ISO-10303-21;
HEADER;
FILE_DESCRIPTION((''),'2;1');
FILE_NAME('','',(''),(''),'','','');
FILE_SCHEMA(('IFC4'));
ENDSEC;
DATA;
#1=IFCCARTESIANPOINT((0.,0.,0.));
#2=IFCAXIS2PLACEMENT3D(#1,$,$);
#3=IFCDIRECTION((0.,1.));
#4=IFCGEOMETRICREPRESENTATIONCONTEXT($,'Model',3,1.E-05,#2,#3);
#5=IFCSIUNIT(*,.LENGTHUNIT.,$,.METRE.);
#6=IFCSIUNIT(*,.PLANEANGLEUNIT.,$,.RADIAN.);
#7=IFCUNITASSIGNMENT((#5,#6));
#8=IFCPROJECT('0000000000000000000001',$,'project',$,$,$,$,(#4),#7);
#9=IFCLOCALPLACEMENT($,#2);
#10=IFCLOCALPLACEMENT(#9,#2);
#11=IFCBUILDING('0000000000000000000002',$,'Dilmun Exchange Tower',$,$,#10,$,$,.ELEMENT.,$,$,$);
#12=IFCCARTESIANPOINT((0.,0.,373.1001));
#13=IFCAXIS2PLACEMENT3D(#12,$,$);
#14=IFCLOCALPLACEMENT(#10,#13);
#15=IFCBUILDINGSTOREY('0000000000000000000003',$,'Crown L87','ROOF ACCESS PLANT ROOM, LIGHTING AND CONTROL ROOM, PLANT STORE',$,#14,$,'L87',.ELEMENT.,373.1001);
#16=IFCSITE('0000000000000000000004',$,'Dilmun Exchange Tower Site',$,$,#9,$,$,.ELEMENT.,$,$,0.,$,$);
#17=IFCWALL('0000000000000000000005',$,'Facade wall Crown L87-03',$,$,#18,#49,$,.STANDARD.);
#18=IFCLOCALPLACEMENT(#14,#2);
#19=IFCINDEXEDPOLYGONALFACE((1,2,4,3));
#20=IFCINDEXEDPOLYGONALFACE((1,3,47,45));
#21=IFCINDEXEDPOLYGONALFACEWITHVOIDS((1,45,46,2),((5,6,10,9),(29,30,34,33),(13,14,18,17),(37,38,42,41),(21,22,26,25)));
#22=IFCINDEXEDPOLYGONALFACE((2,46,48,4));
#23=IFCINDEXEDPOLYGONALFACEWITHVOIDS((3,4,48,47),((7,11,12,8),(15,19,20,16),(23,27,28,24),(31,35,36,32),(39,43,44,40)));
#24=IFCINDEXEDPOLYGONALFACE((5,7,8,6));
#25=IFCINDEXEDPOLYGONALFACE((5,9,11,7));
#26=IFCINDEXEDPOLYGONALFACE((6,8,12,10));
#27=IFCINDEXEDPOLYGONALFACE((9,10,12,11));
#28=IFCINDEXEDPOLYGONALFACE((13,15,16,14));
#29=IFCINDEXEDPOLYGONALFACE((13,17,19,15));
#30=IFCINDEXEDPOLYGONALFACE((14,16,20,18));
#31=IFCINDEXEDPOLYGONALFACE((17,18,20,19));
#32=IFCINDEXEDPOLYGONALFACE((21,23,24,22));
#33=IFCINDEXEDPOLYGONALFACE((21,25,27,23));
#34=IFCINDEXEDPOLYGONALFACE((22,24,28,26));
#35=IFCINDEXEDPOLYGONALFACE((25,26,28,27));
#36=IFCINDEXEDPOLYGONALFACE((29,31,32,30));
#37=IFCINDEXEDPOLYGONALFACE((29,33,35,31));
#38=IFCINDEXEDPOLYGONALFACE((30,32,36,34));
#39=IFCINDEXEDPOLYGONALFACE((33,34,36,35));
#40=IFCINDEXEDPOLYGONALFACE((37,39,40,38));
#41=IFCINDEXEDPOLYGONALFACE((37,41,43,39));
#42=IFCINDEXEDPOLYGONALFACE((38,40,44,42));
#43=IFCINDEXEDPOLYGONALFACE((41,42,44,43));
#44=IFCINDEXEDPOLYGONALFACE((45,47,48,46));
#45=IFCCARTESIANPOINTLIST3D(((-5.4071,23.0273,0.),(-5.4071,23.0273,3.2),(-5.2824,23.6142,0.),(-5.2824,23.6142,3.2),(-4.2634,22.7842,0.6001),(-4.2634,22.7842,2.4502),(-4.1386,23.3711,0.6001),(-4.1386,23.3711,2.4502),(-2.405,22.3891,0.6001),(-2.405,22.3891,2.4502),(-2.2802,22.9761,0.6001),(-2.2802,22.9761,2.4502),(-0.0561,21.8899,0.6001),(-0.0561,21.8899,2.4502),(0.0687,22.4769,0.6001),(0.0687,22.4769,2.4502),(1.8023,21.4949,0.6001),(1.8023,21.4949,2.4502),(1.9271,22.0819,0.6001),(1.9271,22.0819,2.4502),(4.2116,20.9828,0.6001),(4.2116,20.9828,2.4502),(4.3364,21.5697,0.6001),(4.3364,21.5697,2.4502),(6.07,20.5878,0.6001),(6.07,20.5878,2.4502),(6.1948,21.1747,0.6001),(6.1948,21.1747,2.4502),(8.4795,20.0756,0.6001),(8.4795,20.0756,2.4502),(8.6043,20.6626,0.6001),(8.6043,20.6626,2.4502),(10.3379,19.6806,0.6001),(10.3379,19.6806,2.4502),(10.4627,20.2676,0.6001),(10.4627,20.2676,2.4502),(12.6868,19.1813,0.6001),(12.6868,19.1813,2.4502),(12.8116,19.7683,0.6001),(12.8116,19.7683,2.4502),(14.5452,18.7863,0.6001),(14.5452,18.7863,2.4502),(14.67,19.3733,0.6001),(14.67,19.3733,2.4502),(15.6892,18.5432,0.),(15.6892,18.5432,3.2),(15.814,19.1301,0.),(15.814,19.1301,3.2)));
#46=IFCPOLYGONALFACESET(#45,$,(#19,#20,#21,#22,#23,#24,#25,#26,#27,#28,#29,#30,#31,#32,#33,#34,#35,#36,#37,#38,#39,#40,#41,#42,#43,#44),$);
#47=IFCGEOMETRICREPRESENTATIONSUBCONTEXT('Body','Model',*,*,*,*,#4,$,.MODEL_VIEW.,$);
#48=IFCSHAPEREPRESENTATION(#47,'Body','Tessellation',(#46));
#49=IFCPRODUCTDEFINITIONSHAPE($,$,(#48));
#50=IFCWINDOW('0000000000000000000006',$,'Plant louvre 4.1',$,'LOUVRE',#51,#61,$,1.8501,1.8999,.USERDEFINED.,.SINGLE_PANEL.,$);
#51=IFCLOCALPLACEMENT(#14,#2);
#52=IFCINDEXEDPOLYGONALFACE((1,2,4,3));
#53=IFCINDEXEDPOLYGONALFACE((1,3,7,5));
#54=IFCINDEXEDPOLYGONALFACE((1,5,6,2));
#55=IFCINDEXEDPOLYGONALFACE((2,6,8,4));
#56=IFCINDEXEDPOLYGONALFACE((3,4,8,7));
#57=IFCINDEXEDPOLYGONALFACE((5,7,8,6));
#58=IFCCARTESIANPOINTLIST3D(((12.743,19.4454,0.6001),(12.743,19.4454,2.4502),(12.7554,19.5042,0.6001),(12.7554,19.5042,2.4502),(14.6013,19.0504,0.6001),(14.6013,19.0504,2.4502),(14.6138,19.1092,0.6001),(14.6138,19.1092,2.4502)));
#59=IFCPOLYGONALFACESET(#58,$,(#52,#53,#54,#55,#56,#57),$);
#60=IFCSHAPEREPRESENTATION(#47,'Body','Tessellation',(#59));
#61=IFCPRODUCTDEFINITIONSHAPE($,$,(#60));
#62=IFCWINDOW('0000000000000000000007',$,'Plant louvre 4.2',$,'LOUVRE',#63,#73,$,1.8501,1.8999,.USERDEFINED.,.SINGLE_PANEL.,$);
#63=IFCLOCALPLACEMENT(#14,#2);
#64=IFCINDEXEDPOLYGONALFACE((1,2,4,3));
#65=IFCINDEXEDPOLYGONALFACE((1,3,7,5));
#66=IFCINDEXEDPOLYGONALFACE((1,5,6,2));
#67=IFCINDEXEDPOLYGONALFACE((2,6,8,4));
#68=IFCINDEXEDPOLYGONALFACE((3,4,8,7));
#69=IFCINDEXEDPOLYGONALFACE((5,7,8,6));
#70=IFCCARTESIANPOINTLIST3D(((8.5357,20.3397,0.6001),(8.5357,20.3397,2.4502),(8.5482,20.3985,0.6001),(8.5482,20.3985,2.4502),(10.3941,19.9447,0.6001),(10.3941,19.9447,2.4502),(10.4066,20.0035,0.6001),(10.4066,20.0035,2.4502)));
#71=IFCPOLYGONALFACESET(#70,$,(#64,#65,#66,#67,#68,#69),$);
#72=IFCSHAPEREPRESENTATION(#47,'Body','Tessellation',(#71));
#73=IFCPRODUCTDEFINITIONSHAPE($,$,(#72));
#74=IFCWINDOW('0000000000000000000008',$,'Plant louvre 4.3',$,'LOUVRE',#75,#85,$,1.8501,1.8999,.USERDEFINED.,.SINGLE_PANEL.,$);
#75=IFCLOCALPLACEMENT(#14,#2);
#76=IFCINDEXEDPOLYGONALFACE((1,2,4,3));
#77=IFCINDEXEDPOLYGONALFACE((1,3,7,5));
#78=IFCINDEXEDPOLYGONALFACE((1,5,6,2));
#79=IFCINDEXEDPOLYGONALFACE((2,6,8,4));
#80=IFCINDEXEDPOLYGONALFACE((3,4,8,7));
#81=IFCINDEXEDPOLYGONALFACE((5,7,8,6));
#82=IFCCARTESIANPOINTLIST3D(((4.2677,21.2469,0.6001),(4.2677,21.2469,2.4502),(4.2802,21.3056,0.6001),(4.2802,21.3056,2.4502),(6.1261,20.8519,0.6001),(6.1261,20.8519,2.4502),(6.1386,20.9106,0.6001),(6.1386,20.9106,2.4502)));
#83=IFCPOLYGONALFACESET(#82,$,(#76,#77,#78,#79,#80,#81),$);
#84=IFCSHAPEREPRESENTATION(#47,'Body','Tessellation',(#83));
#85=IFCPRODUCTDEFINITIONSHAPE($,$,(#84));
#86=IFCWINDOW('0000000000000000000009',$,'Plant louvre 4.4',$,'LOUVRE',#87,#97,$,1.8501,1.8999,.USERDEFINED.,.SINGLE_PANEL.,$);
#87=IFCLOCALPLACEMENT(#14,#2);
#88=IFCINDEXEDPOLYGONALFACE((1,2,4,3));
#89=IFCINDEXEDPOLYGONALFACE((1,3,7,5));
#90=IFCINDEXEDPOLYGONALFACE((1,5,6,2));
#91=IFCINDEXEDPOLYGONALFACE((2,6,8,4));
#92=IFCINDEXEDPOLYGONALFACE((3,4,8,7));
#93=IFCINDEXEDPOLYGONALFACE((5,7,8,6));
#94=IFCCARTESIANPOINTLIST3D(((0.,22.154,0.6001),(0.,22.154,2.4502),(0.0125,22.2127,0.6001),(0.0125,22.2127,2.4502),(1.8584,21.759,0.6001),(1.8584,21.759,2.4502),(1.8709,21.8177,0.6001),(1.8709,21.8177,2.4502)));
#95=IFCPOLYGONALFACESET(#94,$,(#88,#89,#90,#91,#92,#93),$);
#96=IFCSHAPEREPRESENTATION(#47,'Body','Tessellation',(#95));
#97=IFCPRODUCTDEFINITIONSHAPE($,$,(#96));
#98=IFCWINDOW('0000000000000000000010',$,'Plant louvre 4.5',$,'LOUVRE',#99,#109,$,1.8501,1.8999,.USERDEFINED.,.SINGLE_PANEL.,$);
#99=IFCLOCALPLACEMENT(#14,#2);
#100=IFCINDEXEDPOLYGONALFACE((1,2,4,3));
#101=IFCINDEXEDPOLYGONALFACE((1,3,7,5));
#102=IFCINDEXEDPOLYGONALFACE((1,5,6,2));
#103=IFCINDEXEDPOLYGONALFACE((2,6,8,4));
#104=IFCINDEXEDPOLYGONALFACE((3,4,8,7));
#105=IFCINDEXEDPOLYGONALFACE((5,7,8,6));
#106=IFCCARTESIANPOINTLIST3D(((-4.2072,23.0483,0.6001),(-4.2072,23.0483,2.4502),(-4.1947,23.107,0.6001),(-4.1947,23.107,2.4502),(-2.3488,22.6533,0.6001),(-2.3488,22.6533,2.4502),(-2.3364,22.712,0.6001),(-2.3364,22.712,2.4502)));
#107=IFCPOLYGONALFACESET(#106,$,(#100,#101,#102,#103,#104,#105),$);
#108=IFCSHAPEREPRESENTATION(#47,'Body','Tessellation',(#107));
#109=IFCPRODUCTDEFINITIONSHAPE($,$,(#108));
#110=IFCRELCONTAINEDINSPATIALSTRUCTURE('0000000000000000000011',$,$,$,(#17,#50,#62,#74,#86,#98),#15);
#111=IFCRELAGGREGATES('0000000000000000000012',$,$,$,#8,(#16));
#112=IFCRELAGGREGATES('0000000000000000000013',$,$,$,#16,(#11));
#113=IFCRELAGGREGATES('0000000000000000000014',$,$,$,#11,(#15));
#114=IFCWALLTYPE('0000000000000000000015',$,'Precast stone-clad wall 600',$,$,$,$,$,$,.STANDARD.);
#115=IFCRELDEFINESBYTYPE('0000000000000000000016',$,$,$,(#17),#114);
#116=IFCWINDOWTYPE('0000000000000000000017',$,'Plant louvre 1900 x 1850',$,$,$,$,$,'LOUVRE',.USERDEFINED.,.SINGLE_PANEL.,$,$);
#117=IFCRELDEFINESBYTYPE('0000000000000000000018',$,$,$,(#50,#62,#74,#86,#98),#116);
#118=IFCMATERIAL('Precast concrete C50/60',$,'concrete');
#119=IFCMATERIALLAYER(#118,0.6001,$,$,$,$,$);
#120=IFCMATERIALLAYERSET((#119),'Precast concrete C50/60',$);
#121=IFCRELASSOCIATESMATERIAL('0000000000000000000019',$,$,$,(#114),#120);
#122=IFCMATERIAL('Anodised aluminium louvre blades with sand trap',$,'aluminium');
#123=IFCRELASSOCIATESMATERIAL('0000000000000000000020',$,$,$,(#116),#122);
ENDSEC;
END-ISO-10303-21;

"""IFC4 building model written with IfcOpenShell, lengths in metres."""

from ifc_helpers import new_model, si_unit, direction, frame, frame_2d, origin, place, context, subcontext, project, spatial, rectangle, extrude, material, layer, layer_set, type_object, element, fill, save


model = new_model("IFC4")

# Units and contexts
model_context = context("Model", 3, precision=1e-05, world=origin(), true_north=direction((0.0, 1.0)))
body_context = subcontext(model_context, "Body", "Model", "MODEL_VIEW")
ifc_project = project(units=[si_unit("LENGTHUNIT", "METRE"), si_unit("PLANEANGLEUNIT", "RADIAN")], contexts=[model_context])

# Site, building, storey
site_placement = place(None, origin())
site = spatial("IfcSite", under=ifc_project, at=site_placement, Name="Dilmun Exchange Tower Site", CompositionType="ELEMENT", RefElevation=0.0)
building_placement = place(site_placement, origin())
building = spatial("IfcBuilding", under=site, at=building_placement, Name="Dilmun Exchange Tower", CompositionType="ELEMENT")
storey_placement = place(building_placement, frame((0.0, 0.0, 373.1001)))
storey = spatial("IfcBuildingStorey", under=building, at=storey_placement, Name="Crown L87", Description="ROOF ACCESS PLANT ROOM, LIGHTING AND CONTROL ROOM, PLANT STORE", LongName="L87", CompositionType="ELEMENT", Elevation=373.1001)

# Wall, openings, windows
ifc_material_1 = material(Name="Precast concrete C50/60", Category="concrete")
ifc_layer_1 = layer(ifc_material_1, 0.6001)
ifc_layer_set_1 = layer_set([ifc_layer_1], Name="Precast concrete C50/60")
wall_type_1 = type_object("IfcWallType", Name="Precast stone-clad wall 600", PredefinedType="STANDARD", material=ifc_layer_set_1)
ifc_material_2 = material(Name="Anodised aluminium louvre blades with sand trap", Category="aluminium")
wall_1_placement = place(storey_placement, frame((15.7515, 18.8367, 0.0), z_axis=(0.0, 0.0, 1.0), x_axis=(-0.978148, 0.207909, 0.0)))
wall_1 = element("IfcWall", 1, at=wall_1_placement, inside=storey, type_object=wall_type_1, Name="Facade wall Crown L87-03", PredefinedType="STANDARD", context=body_context, shape_type="SweptSolid", body=[
    extrude(rectangle(XDim=21.5676, YDim=0.6001, at=frame_2d((10.7837, 0.0))), origin(), (0.0, 0.0, 1.0), 3.2),
])
opening_1_placement = place(wall_1_placement, frame((1.1694, 0.0, 0.6001)))
opening_1 = element("IfcOpeningElement", 2, at=opening_1_placement, cuts=wall_1, PredefinedType="OPENING", context=body_context, shape_type="SweptSolid", body=[
    extrude(rectangle(XDim=1.8999, YDim=1.8501, at=frame_2d((0.95, 0.925))), frame((0.0, 0.3101, 0.0), z_axis=(0.0, -1.0, 0.0), x_axis=(1.0, 0.0, 0.0)), (0.0, 0.0, 1.0), 0.6201),
])
opening_2_placement = place(wall_1_placement, frame((5.4707, 0.0, 0.6001)))
opening_2 = element("IfcOpeningElement", 3, at=opening_2_placement, cuts=wall_1, PredefinedType="OPENING", context=body_context, shape_type="SweptSolid", body=[
    extrude(rectangle(XDim=1.8999, YDim=1.8501, at=frame_2d((0.95, 0.925))), frame((0.0, 0.3101, 0.0), z_axis=(0.0, -1.0, 0.0), x_axis=(1.0, 0.0, 0.0)), (0.0, 0.0, 1.0), 0.6201),
])
opening_3_placement = place(wall_1_placement, frame((9.834, 0.0, 0.6001)))
opening_3 = element("IfcOpeningElement", 4, at=opening_3_placement, cuts=wall_1, PredefinedType="OPENING", context=body_context, shape_type="SweptSolid", body=[
    extrude(rectangle(XDim=1.8999, YDim=1.8501, at=frame_2d((0.95, 0.925))), frame((0.0, 0.3101, 0.0), z_axis=(0.0, -1.0, 0.0), x_axis=(1.0, 0.0, 0.0)), (0.0, 0.0, 1.0), 0.6201),
])
opening_4_placement = place(wall_1_placement, frame((14.197, 0.0, 0.6001)))
opening_4 = element("IfcOpeningElement", 5, at=opening_4_placement, cuts=wall_1, PredefinedType="OPENING", context=body_context, shape_type="SweptSolid", body=[
    extrude(rectangle(XDim=1.8999, YDim=1.8501, at=frame_2d((0.95, 0.925))), frame((0.0, 0.3101, 0.0), z_axis=(0.0, -1.0, 0.0), x_axis=(1.0, 0.0, 0.0)), (0.0, 0.0, 1.0), 0.6201),
])
opening_5_placement = place(wall_1_placement, frame((18.4983, 0.0, 0.6001)))
opening_5 = element("IfcOpeningElement", 6, at=opening_5_placement, cuts=wall_1, PredefinedType="OPENING", context=body_context, shape_type="SweptSolid", body=[
    extrude(rectangle(XDim=1.8999, YDim=1.8501, at=frame_2d((0.95, 0.925))), frame((0.0, 0.3101, 0.0), z_axis=(0.0, -1.0, 0.0), x_axis=(1.0, 0.0, 0.0)), (0.0, 0.0, 1.0), 0.6201),
])
window_type_1 = type_object("IfcWindowType", Name="Plant louvre 1900 x 1850", ElementType="LOUVRE", PartitioningType="SINGLE_PANEL", PredefinedType="USERDEFINED", material=ifc_material_2)
window_1_placement = place(opening_1_placement, origin())
window_1 = element("IfcWindow", 7, at=window_1_placement, inside=storey, type_object=window_type_1, Name="Plant louvre 4.1", ObjectType="LOUVRE", OverallHeight=1.8501, OverallWidth=1.8999, PartitioningType="SINGLE_PANEL", PredefinedType="USERDEFINED", context=body_context, shape_type="SweptSolid", body=[
    extrude(rectangle(XDim=1.8999, YDim=1.8501, at=frame_2d((0.95, 0.925))), frame((0.0, 0.03, 0.0), z_axis=(0.0, -1.0, 0.0), x_axis=(1.0, 0.0, 0.0)), (0.0, 0.0, 1.0), 0.0601),
])
fill(opening_1, window_1)
window_2_placement = place(opening_2_placement, origin())
window_2 = element("IfcWindow", 8, at=window_2_placement, inside=storey, type_object=window_type_1, Name="Plant louvre 4.2", ObjectType="LOUVRE", OverallHeight=1.8501, OverallWidth=1.8999, PartitioningType="SINGLE_PANEL", PredefinedType="USERDEFINED", context=body_context, shape_type="SweptSolid", body=[
    extrude(rectangle(XDim=1.8999, YDim=1.8501, at=frame_2d((0.95, 0.925))), frame((0.0, 0.03, 0.0), z_axis=(0.0, -1.0, 0.0), x_axis=(1.0, 0.0, 0.0)), (0.0, 0.0, 1.0), 0.0601),
])
fill(opening_2, window_2)
window_3_placement = place(opening_3_placement, origin())
window_3 = element("IfcWindow", 9, at=window_3_placement, inside=storey, type_object=window_type_1, Name="Plant louvre 4.3", ObjectType="LOUVRE", OverallHeight=1.8501, OverallWidth=1.8999, PartitioningType="SINGLE_PANEL", PredefinedType="USERDEFINED", context=body_context, shape_type="SweptSolid", body=[
    extrude(rectangle(XDim=1.8999, YDim=1.8501, at=frame_2d((0.95, 0.925))), frame((0.0, 0.03, 0.0), z_axis=(0.0, -1.0, 0.0), x_axis=(1.0, 0.0, 0.0)), (0.0, 0.0, 1.0), 0.0601),
])
fill(opening_3, window_3)
window_4_placement = place(opening_4_placement, origin())
window_4 = element("IfcWindow", 10, at=window_4_placement, inside=storey, type_object=window_type_1, Name="Plant louvre 4.4", ObjectType="LOUVRE", OverallHeight=1.8501, OverallWidth=1.8999, PartitioningType="SINGLE_PANEL", PredefinedType="USERDEFINED", context=body_context, shape_type="SweptSolid", body=[
    extrude(rectangle(XDim=1.8999, YDim=1.8501, at=frame_2d((0.95, 0.925))), frame((0.0, 0.03, 0.0), z_axis=(0.0, -1.0, 0.0), x_axis=(1.0, 0.0, 0.0)), (0.0, 0.0, 1.0), 0.0601),
])
fill(opening_4, window_4)
window_5_placement = place(opening_5_placement, origin())
window_5 = element("IfcWindow", 11, at=window_5_placement, inside=storey, type_object=window_type_1, Name="Plant louvre 4.5", ObjectType="LOUVRE", OverallHeight=1.8501, OverallWidth=1.8999, PartitioningType="SINGLE_PANEL", PredefinedType="USERDEFINED", context=body_context, shape_type="SweptSolid", body=[
    extrude(rectangle(XDim=1.8999, YDim=1.8501, at=frame_2d((0.95, 0.925))), frame((0.0, 0.03, 0.0), z_axis=(0.0, -1.0, 0.0), x_axis=(1.0, 0.0, 0.0)), (0.0, 0.0, 1.0), 0.0601),
])
fill(opening_5, window_5)

save(model, "model.ifc")
